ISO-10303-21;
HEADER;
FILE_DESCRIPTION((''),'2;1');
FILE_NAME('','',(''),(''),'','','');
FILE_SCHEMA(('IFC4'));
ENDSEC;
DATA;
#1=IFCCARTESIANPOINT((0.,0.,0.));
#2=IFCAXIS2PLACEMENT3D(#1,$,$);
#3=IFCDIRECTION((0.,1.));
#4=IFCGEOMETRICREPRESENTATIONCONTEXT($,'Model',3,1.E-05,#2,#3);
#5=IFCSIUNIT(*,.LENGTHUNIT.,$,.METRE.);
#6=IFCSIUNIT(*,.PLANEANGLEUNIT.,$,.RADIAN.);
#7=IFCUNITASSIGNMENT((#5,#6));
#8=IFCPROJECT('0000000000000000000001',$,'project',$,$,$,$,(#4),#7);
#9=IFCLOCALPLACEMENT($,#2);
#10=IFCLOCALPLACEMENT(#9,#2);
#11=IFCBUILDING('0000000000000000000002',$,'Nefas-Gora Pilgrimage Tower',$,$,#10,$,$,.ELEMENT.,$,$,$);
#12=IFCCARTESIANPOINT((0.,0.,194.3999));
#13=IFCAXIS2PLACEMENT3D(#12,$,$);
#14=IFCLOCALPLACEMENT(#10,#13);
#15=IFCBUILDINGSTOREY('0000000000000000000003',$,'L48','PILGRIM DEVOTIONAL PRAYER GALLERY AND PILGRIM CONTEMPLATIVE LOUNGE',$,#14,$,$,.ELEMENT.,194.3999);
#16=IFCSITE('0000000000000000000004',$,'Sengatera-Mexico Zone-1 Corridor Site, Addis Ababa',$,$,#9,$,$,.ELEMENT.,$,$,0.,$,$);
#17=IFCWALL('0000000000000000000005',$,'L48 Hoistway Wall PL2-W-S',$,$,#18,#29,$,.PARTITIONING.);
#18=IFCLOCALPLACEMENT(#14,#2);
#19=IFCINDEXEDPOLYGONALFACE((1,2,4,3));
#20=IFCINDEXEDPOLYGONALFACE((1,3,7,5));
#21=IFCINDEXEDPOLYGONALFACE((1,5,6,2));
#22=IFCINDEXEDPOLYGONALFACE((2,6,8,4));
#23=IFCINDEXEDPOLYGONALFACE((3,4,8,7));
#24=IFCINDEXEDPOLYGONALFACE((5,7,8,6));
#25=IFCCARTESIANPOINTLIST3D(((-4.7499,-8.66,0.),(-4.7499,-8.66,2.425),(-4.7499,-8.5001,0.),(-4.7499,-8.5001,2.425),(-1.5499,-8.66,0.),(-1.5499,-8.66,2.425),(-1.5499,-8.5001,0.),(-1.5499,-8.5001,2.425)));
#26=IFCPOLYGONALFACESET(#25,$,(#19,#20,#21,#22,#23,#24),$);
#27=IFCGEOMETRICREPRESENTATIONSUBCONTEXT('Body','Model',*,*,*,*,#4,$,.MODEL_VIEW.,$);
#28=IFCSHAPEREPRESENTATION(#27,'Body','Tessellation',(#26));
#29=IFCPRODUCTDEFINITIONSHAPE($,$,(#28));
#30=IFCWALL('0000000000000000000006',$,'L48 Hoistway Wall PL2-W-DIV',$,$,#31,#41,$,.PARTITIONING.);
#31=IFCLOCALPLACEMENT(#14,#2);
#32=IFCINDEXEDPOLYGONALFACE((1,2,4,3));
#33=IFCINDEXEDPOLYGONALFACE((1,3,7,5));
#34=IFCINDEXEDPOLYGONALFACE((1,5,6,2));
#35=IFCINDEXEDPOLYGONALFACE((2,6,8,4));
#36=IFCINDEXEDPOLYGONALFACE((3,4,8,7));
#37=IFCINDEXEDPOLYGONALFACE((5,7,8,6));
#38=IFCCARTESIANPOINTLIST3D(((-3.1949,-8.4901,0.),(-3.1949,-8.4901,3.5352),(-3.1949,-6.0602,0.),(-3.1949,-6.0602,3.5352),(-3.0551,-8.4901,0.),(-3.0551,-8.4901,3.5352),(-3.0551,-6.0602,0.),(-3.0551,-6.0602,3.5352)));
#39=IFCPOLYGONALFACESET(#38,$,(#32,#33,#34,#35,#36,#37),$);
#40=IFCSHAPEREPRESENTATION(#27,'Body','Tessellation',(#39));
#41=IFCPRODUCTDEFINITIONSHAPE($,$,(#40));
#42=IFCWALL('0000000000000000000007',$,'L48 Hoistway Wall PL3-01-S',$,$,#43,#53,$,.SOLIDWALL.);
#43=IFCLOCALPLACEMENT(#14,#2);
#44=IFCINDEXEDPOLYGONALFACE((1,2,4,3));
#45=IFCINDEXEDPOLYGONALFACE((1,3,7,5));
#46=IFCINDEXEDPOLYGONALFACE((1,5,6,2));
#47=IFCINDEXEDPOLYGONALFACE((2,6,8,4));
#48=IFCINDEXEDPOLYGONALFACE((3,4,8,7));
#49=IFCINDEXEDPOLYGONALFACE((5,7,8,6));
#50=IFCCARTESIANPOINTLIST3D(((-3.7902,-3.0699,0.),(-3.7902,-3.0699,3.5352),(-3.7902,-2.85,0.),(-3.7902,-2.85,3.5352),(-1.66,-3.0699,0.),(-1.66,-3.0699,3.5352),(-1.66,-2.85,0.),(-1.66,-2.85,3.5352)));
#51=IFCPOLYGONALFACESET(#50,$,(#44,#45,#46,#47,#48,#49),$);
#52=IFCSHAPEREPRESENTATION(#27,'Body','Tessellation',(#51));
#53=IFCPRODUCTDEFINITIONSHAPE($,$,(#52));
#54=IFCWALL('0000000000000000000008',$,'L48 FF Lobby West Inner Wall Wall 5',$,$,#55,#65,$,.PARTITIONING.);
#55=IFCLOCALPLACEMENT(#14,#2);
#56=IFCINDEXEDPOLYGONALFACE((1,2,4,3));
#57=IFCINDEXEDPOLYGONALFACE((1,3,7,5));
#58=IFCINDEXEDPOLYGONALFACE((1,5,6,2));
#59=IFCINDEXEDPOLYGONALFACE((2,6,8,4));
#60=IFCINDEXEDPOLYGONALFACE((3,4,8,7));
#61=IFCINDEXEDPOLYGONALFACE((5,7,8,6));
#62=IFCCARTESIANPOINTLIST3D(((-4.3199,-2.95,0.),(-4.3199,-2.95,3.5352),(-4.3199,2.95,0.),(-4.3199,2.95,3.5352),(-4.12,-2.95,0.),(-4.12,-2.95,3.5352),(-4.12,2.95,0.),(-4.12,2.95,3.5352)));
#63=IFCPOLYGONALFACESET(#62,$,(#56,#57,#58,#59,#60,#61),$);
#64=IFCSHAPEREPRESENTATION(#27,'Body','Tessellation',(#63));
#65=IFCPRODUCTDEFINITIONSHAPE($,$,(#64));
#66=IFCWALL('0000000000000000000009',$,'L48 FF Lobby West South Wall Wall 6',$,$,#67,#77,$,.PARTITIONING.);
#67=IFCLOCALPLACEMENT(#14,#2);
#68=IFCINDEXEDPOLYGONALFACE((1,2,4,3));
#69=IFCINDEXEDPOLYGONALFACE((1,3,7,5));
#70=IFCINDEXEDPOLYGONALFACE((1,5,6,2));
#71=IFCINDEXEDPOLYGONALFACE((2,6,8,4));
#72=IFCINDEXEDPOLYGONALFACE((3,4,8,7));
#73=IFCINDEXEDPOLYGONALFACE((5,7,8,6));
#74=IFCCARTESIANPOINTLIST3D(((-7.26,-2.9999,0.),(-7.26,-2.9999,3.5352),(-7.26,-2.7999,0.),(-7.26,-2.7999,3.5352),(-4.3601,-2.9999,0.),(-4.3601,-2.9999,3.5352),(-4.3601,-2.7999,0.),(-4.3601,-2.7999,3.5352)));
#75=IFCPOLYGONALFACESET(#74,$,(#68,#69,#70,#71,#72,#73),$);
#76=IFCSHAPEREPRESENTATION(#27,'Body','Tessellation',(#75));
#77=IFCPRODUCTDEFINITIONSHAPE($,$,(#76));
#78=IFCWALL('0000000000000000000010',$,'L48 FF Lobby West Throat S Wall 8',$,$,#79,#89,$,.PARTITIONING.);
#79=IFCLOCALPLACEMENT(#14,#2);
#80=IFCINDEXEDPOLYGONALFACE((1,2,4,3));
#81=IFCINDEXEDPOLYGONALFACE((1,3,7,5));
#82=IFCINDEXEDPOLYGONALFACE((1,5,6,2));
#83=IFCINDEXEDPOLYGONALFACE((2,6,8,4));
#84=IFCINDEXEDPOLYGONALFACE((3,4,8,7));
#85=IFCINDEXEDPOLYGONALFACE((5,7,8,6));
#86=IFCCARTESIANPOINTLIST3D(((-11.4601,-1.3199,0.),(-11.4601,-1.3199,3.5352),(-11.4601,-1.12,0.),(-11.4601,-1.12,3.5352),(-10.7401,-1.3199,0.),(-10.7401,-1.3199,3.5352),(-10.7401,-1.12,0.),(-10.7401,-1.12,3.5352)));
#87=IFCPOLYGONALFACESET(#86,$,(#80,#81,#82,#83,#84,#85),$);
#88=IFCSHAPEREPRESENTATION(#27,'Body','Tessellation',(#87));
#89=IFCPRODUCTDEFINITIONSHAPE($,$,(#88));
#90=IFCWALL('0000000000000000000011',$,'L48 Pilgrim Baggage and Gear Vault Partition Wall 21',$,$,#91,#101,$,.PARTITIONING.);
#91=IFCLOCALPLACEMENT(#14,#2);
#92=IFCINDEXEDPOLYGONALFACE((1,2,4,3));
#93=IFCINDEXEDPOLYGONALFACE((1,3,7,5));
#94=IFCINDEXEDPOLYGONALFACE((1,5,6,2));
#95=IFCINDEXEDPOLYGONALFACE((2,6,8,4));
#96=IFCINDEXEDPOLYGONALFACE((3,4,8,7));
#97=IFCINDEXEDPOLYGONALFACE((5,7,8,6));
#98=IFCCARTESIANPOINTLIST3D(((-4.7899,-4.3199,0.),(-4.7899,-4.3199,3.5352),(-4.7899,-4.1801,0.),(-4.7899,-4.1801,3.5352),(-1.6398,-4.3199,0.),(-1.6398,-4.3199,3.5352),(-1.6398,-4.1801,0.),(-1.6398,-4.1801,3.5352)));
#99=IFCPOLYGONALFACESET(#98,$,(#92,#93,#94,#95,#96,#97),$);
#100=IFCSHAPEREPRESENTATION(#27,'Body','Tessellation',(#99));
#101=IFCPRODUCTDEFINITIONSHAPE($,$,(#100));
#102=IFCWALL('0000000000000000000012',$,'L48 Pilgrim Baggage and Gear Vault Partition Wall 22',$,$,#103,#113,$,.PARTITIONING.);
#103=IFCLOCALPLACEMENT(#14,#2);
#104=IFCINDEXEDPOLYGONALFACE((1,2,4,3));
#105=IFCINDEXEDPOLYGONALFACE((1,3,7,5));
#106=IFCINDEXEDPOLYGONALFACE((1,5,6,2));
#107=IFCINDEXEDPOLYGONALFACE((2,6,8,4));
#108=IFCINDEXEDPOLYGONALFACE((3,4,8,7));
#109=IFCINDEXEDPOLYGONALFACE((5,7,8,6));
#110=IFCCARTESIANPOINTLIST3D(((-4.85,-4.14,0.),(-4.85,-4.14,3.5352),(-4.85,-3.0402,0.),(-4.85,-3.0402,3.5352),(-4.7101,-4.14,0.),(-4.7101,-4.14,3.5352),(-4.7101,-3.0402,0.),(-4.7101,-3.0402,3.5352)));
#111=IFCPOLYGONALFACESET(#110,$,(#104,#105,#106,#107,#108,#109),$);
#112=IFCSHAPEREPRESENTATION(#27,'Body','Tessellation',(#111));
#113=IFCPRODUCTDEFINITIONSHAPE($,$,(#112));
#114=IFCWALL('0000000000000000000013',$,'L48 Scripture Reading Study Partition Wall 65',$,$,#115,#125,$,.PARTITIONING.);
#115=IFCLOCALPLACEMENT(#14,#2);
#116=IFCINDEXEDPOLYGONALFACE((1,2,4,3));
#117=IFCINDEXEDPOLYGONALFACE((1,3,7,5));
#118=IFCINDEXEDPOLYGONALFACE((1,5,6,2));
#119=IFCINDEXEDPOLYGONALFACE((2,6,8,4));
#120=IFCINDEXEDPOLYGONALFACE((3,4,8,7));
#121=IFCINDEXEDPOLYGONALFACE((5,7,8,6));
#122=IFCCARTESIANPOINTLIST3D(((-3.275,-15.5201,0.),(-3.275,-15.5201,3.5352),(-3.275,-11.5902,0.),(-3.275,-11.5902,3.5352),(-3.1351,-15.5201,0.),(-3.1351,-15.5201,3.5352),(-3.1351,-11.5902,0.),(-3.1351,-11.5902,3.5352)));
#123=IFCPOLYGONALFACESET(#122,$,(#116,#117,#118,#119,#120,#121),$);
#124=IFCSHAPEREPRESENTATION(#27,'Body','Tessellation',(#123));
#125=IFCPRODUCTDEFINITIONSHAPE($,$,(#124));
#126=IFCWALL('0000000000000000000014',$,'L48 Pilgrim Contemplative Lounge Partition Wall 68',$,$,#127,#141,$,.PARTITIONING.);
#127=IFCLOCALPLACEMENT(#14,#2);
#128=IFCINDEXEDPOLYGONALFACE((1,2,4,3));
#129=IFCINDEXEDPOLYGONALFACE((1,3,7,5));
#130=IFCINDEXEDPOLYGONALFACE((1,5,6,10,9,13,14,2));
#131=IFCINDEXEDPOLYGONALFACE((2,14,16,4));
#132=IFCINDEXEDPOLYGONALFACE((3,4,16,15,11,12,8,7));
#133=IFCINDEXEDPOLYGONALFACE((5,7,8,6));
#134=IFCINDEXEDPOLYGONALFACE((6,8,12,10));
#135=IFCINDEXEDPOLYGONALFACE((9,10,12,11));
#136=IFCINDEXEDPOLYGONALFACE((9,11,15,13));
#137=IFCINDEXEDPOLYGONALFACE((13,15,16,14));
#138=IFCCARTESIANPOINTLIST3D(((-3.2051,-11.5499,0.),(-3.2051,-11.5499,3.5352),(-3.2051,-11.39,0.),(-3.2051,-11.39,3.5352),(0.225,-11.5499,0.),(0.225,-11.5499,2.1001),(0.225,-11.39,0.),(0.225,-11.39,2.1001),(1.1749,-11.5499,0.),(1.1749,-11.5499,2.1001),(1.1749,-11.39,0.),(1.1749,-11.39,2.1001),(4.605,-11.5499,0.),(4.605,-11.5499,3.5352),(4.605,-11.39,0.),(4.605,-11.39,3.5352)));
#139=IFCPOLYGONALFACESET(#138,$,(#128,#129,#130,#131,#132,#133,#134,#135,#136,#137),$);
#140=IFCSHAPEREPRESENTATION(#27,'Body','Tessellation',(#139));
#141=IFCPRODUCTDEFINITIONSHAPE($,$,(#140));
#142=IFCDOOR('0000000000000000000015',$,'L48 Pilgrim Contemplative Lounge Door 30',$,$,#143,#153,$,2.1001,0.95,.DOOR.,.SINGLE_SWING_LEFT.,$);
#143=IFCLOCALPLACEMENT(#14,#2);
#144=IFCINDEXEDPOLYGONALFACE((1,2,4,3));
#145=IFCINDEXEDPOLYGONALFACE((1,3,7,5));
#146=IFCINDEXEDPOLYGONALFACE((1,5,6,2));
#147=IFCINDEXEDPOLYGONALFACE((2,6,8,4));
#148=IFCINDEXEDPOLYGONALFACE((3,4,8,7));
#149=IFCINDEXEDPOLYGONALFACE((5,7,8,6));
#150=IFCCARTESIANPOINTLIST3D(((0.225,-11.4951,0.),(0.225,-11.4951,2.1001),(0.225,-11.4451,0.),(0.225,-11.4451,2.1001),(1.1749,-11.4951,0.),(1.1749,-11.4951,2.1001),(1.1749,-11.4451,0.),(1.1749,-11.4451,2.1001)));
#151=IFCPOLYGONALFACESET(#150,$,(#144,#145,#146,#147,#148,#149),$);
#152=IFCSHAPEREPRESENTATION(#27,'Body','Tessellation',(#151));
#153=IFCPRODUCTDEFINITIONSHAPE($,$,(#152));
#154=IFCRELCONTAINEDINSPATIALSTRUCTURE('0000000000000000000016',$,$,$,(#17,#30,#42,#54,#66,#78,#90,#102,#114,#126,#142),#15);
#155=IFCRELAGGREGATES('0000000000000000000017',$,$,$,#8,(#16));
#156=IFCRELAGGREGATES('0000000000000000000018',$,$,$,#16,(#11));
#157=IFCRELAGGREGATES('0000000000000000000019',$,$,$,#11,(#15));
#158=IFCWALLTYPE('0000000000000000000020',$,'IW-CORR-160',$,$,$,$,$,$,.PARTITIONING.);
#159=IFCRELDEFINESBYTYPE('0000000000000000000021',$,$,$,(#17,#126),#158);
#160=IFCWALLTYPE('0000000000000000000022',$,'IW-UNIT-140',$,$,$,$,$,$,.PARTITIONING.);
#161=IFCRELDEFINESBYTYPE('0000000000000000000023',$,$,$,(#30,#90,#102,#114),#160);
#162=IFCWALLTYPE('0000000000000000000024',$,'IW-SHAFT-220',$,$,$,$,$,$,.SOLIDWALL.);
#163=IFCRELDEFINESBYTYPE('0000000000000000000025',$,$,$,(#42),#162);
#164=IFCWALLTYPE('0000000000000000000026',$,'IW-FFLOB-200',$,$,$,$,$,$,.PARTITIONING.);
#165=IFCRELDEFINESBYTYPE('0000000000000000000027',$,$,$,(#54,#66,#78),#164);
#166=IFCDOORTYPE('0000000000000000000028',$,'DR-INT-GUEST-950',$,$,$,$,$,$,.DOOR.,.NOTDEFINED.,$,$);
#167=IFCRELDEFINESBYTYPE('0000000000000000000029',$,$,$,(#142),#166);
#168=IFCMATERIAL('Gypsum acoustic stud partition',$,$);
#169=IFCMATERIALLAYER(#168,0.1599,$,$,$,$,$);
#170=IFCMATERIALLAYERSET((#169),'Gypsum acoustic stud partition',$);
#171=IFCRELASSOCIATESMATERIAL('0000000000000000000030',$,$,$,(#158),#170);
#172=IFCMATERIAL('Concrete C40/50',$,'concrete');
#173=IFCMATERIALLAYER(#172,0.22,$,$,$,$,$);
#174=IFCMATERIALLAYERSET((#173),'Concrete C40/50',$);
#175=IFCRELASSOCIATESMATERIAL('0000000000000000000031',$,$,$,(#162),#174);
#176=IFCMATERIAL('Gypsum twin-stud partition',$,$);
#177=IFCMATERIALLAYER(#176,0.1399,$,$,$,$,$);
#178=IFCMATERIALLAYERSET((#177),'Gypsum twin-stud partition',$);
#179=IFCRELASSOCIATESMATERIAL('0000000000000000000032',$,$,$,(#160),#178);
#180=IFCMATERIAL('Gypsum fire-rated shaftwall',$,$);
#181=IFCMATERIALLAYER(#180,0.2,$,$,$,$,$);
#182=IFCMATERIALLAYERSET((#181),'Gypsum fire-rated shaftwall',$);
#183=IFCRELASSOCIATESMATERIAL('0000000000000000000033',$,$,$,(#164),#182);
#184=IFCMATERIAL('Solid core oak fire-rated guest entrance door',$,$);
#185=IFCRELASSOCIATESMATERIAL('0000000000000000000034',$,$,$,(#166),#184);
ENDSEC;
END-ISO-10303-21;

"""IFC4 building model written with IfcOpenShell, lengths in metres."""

from ifc_helpers import new_model, si_unit, direction, frame, frame_2d, origin, place, context, subcontext, project, spatial, rectangle, extrude, source, transform, mapped, material, layer, layer_set, type_object, element, fill, save


model = new_model("IFC4")

# Units and contexts
model_context = context("Model", 3, precision=1e-05, world=origin(), true_north=direction((0.0, 1.0)))
body_context = subcontext(model_context, "Body", "Model", "MODEL_VIEW")
ifc_project = project(units=[si_unit("LENGTHUNIT", "METRE"), si_unit("PLANEANGLEUNIT", "RADIAN")], contexts=[model_context])

# Site, building, storey
site_placement = place(None, origin())
site = spatial("IfcSite", under=ifc_project, at=site_placement, Name="Sengatera-Mexico Zone-1 Corridor Site, Addis Ababa", CompositionType="ELEMENT", RefElevation=0.0)
building_placement = place(site_placement, origin())
building = spatial("IfcBuilding", under=site, at=building_placement, Name="Nefas-Gora Pilgrimage Tower", CompositionType="ELEMENT")
storey_placement = place(building_placement, frame((0.0, 0.0, 194.3999)))
storey = spatial("IfcBuildingStorey", under=building, at=storey_placement, Name="L48", Description="PILGRIM DEVOTIONAL PRAYER GALLERY AND PILGRIM CONTEMPLATIVE LOUNGE", CompositionType="ELEMENT", Elevation=194.3999)

# Walls
ifc_material_1 = material(Name="Gypsum acoustic stud partition")
ifc_layer_1 = layer(ifc_material_1, 0.1599)
ifc_layer_set_1 = layer_set([ifc_layer_1], Name="Gypsum acoustic stud partition")
wall_type_1 = type_object("IfcWallType", Name="IW-CORR-160", PredefinedType="PARTITIONING", material=ifc_layer_set_1)
shared_shape_1 = source(origin(), body_context, "Body", "SweptSolid", [
    extrude(rectangle(XDim=3.2, YDim=0.1599, at=frame_2d((1.6001, 0.0))), origin(), (0.0, 0.0, 1.0), 2.425),
])
wall_1_placement = place(storey_placement, frame((-4.75, -8.5801, 0.0), z_axis=(0.0, 0.0, 1.0), x_axis=(1.0, 0.0, 0.0)))
element("IfcWall", 1, at=wall_1_placement, inside=storey, type_object=wall_type_1, Name="L48 Hoistway Wall PL2-W-S", PredefinedType="PARTITIONING", context=body_context, shape_type="MappedRepresentation", body=[
    mapped(shared_shape_1, transform((0.0, 0.0, 0.0), x_axis=(1.0, 0.0, 0.0), y_axis=(0.0, 1.0, 0.0), z_axis=(0.0, 0.0, 1.0), scale=1.0)),
])
ifc_material_2 = material(Name="Concrete C40/50", Category="concrete")
ifc_layer_2 = layer(ifc_material_2, 0.22)
ifc_layer_set_2 = layer_set([ifc_layer_2], Name="Concrete C40/50")
wall_type_2 = type_object("IfcWallType", Name="IW-SHAFT-220", PredefinedType="SOLIDWALL", material=ifc_layer_set_2)
ifc_material_3 = material(Name="Gypsum twin-stud partition")
ifc_layer_3 = layer(ifc_material_3, 0.1399)
ifc_layer_set_3 = layer_set([ifc_layer_3], Name="Gypsum twin-stud partition")
wall_type_3 = type_object("IfcWallType", Name="IW-UNIT-140", PredefinedType="PARTITIONING", material=ifc_layer_set_3)
shared_shape_2 = source(origin(), body_context, "Body", "SweptSolid", [
    extrude(rectangle(XDim=2.4299, YDim=0.1399, at=frame_2d((1.2148, 0.0))), origin(), (0.0, 0.0, 1.0), 3.5352),
])
wall_2_placement = place(storey_placement, frame((-3.125, -8.49, 0.0), z_axis=(0.0, 0.0, 1.0), x_axis=(0.0, 1.0, 0.0)))
element("IfcWall", 2, at=wall_2_placement, inside=storey, type_object=wall_type_3, Name="L48 Hoistway Wall PL2-W-DIV", PredefinedType="PARTITIONING", context=body_context, shape_type="MappedRepresentation", body=[
    mapped(shared_shape_2, transform((0.0, 0.0, 0.0), x_axis=(1.0, 0.0, 0.0), y_axis=(0.0, 1.0, 0.0), z_axis=(0.0, 0.0, 1.0), scale=1.0)),
])
shared_shape_3 = source(origin(), body_context, "Body", "SweptSolid", [
    extrude(rectangle(XDim=2.1301, YDim=0.22, at=frame_2d((1.0649, 0.0))), origin(), (0.0, 0.0, 1.0), 3.5352),
])
wall_3_placement = place(storey_placement, frame((-3.79, -2.96, 0.0), z_axis=(0.0, 0.0, 1.0), x_axis=(1.0, 0.0, 0.0)))
element("IfcWall", 3, at=wall_3_placement, inside=storey, type_object=wall_type_2, Name="L48 Hoistway Wall PL3-01-S", PredefinedType="SOLIDWALL", context=body_context, shape_type="MappedRepresentation", body=[
    mapped(shared_shape_3, transform((0.0, 0.0, 0.0), x_axis=(1.0, 0.0, 0.0), y_axis=(0.0, 1.0, 0.0), z_axis=(0.0, 0.0, 1.0), scale=1.0)),
])

# Shared definitions
ifc_material_4 = material(Name="Gypsum fire-rated shaftwall")
ifc_layer_4 = layer(ifc_material_4, 0.2)
ifc_layer_set_4 = layer_set([ifc_layer_4], Name="Gypsum fire-rated shaftwall")
wall_type_4 = type_object("IfcWallType", Name="IW-FFLOB-200", PredefinedType="PARTITIONING", material=ifc_layer_set_4)

# Walls
shared_shape_4 = source(origin(), body_context, "Body", "SweptSolid", [
    extrude(rectangle(XDim=5.8999, YDim=0.2, at=frame_2d((2.95, 0.0))), origin(), (0.0, 0.0, 1.0), 3.5352),
])
wall_4_placement = place(storey_placement, frame((-4.22, -2.95, 0.0), z_axis=(0.0, 0.0, 1.0), x_axis=(0.0, 1.0, 0.0)))
element("IfcWall", 4, at=wall_4_placement, inside=storey, type_object=wall_type_4, Name="L48 FF Lobby West Inner Wall Wall 5", PredefinedType="PARTITIONING", context=body_context, shape_type="MappedRepresentation", body=[
    mapped(shared_shape_4, transform((0.0, 0.0, 0.0), x_axis=(1.0, 0.0, 0.0), y_axis=(0.0, 1.0, 0.0), z_axis=(0.0, 0.0, 1.0), scale=1.0)),
])
shared_shape_5 = source(origin(), body_context, "Body", "SweptSolid", [
    extrude(rectangle(XDim=2.8999, YDim=0.2, at=frame_2d((1.45, 0.0))), origin(), (0.0, 0.0, 1.0), 3.5352),
])
wall_5_placement = place(storey_placement, frame((-7.26, -2.8999, 0.0), z_axis=(0.0, 0.0, 1.0), x_axis=(1.0, 0.0, 0.0)))
element("IfcWall", 5, at=wall_5_placement, inside=storey, type_object=wall_type_4, Name="L48 FF Lobby West South Wall Wall 6", PredefinedType="PARTITIONING", context=body_context, shape_type="MappedRepresentation", body=[
    mapped(shared_shape_5, transform((0.0, 0.0, 0.0), x_axis=(1.0, 0.0, 0.0), y_axis=(0.0, 1.0, 0.0), z_axis=(0.0, 0.0, 1.0), scale=1.0)),
])
shared_shape_6 = source(origin(), body_context, "Body", "SweptSolid", [
    extrude(rectangle(XDim=0.72, YDim=0.2, at=frame_2d((0.3599, 0.0))), origin(), (0.0, 0.0, 1.0), 3.5352),
])
wall_6_placement = place(storey_placement, frame((-11.46, -1.22, 0.0), z_axis=(0.0, 0.0, 1.0), x_axis=(1.0, 0.0, 0.0)))
element("IfcWall", 6, at=wall_6_placement, inside=storey, type_object=wall_type_4, Name="L48 FF Lobby West Throat S Wall 8", PredefinedType="PARTITIONING", context=body_context, shape_type="MappedRepresentation", body=[
    mapped(shared_shape_6, transform((0.0, 0.0, 0.0), x_axis=(1.0, 0.0, 0.0), y_axis=(0.0, 1.0, 0.0), z_axis=(0.0, 0.0, 1.0), scale=1.0)),
])
shared_shape_7 = source(origin(), body_context, "Body", "SweptSolid", [
    extrude(rectangle(XDim=3.1501, YDim=0.1399, at=frame_2d((1.5752, 0.0))), origin(), (0.0, 0.0, 1.0), 3.5352),
])
wall_7_placement = place(storey_placement, frame((-4.79, -4.25, 0.0), z_axis=(0.0, 0.0, 1.0), x_axis=(1.0, 0.0, 0.0)))
element("IfcWall", 7, at=wall_7_placement, inside=storey, type_object=wall_type_3, Name="L48 Pilgrim Baggage and Gear Vault Partition Wall 21", PredefinedType="PARTITIONING", context=body_context, shape_type="MappedRepresentation", body=[
    mapped(shared_shape_7, transform((0.0, 0.0, 0.0), x_axis=(1.0, 0.0, 0.0), y_axis=(0.0, 1.0, 0.0), z_axis=(0.0, 0.0, 1.0), scale=1.0)),
])
shared_shape_8 = source(origin(), body_context, "Body", "SweptSolid", [
    extrude(rectangle(XDim=1.0999, YDim=0.1399, at=frame_2d((0.5498, 0.0))), origin(), (0.0, 0.0, 1.0), 3.5352),
])
wall_8_placement = place(storey_placement, frame((-4.78, -4.1399, 0.0), z_axis=(0.0, 0.0, 1.0), x_axis=(0.0, 1.0, 0.0)))
element("IfcWall", 8, at=wall_8_placement, inside=storey, type_object=wall_type_3, Name="L48 Pilgrim Baggage and Gear Vault Partition Wall 22", PredefinedType="PARTITIONING", context=body_context, shape_type="MappedRepresentation", body=[
    mapped(shared_shape_8, transform((0.0, 0.0, 0.0), x_axis=(1.0, 0.0, 0.0), y_axis=(0.0, 1.0, 0.0), z_axis=(0.0, 0.0, 1.0), scale=1.0)),
])
shared_shape_9 = source(origin(), body_context, "Body", "SweptSolid", [
    extrude(rectangle(XDim=3.9299, YDim=0.1399, at=frame_2d((1.9648, 0.0))), origin(), (0.0, 0.0, 1.0), 3.5352),
])
wall_9_placement = place(storey_placement, frame((-3.2051, -15.52, 0.0), z_axis=(0.0, 0.0, 1.0), x_axis=(0.0, 1.0, 0.0)))
element("IfcWall", 9, at=wall_9_placement, inside=storey, type_object=wall_type_3, Name="L48 Scripture Reading Study Partition Wall 65", PredefinedType="PARTITIONING", context=body_context, shape_type="MappedRepresentation", body=[
    mapped(shared_shape_9, transform((0.0, 0.0, 0.0), x_axis=(1.0, 0.0, 0.0), y_axis=(0.0, 1.0, 0.0), z_axis=(0.0, 0.0, 1.0), scale=1.0)),
])

# Wall, opening, door
shared_shape_10 = source(origin(), body_context, "Body", "SweptSolid", [
    extrude(rectangle(XDim=7.8101, YDim=0.1599, at=frame_2d((3.905, 0.0))), origin(), (0.0, 0.0, 1.0), 3.5352),
])
wall_10_placement = place(storey_placement, frame((-3.2051, -11.47, 0.0), z_axis=(0.0, 0.0, 1.0), x_axis=(1.0, 0.0, 0.0)))
wall_10 = element("IfcWall", 10, at=wall_10_placement, inside=storey, type_object=wall_type_1, Name="L48 Pilgrim Contemplative Lounge Partition Wall 68", PredefinedType="PARTITIONING", context=body_context, shape_type="MappedRepresentation", body=[
    mapped(shared_shape_10, transform((0.0, 0.0, 0.0), x_axis=(1.0, 0.0, 0.0), y_axis=(0.0, 1.0, 0.0), z_axis=(0.0, 0.0, 1.0), scale=1.0)),
])
opening_1_placement = place(wall_10_placement, frame((3.4299, 0.0, 0.0)))
opening_1 = element("IfcOpeningElement", 11, at=opening_1_placement, cuts=wall_10, PredefinedType="OPENING", context=body_context, shape_type="SweptSolid", body=[
    extrude(rectangle(XDim=0.95, YDim=2.1001, at=frame_2d((0.4751, 1.05))), frame((0.0, 0.0898, 0.0), z_axis=(0.0, -1.0, 0.0), x_axis=(1.0, 0.0, 0.0)), (0.0, 0.0, 1.0), 0.1799),
])
ifc_material_5 = material(Name="Solid core oak fire-rated guest entrance door")
door_type_1 = type_object("IfcDoorType", Name="DR-INT-GUEST-950", OperationType="NOTDEFINED", PredefinedType="DOOR", material=ifc_material_5)
shared_shape_11 = source(origin(), body_context, "Body", "SweptSolid", [
    extrude(rectangle(XDim=0.95, YDim=2.1001, at=frame_2d((0.4751, 1.05))), frame((0.0, 0.0249, 0.0), z_axis=(0.0, -1.0, 0.0), x_axis=(1.0, 0.0, 0.0)), (0.0, 0.0, 1.0), 0.05),
])
door_1_placement = place(opening_1_placement, origin())
door_1 = element("IfcDoor", 12, at=door_1_placement, inside=storey, type_object=door_type_1, Name="L48 Pilgrim Contemplative Lounge Door 30", OperationType="SINGLE_SWING_LEFT", OverallHeight=2.1001, OverallWidth=0.95, PredefinedType="DOOR", context=body_context, shape_type="MappedRepresentation", body=[
    mapped(shared_shape_11, transform((0.0, 0.0, 0.0), x_axis=(1.0, 0.0, 0.0), y_axis=(0.0, 1.0, 0.0), z_axis=(0.0, 0.0, 1.0), scale=1.0)),
])
fill(opening_1, door_1)

save(model, "model.ifc")
